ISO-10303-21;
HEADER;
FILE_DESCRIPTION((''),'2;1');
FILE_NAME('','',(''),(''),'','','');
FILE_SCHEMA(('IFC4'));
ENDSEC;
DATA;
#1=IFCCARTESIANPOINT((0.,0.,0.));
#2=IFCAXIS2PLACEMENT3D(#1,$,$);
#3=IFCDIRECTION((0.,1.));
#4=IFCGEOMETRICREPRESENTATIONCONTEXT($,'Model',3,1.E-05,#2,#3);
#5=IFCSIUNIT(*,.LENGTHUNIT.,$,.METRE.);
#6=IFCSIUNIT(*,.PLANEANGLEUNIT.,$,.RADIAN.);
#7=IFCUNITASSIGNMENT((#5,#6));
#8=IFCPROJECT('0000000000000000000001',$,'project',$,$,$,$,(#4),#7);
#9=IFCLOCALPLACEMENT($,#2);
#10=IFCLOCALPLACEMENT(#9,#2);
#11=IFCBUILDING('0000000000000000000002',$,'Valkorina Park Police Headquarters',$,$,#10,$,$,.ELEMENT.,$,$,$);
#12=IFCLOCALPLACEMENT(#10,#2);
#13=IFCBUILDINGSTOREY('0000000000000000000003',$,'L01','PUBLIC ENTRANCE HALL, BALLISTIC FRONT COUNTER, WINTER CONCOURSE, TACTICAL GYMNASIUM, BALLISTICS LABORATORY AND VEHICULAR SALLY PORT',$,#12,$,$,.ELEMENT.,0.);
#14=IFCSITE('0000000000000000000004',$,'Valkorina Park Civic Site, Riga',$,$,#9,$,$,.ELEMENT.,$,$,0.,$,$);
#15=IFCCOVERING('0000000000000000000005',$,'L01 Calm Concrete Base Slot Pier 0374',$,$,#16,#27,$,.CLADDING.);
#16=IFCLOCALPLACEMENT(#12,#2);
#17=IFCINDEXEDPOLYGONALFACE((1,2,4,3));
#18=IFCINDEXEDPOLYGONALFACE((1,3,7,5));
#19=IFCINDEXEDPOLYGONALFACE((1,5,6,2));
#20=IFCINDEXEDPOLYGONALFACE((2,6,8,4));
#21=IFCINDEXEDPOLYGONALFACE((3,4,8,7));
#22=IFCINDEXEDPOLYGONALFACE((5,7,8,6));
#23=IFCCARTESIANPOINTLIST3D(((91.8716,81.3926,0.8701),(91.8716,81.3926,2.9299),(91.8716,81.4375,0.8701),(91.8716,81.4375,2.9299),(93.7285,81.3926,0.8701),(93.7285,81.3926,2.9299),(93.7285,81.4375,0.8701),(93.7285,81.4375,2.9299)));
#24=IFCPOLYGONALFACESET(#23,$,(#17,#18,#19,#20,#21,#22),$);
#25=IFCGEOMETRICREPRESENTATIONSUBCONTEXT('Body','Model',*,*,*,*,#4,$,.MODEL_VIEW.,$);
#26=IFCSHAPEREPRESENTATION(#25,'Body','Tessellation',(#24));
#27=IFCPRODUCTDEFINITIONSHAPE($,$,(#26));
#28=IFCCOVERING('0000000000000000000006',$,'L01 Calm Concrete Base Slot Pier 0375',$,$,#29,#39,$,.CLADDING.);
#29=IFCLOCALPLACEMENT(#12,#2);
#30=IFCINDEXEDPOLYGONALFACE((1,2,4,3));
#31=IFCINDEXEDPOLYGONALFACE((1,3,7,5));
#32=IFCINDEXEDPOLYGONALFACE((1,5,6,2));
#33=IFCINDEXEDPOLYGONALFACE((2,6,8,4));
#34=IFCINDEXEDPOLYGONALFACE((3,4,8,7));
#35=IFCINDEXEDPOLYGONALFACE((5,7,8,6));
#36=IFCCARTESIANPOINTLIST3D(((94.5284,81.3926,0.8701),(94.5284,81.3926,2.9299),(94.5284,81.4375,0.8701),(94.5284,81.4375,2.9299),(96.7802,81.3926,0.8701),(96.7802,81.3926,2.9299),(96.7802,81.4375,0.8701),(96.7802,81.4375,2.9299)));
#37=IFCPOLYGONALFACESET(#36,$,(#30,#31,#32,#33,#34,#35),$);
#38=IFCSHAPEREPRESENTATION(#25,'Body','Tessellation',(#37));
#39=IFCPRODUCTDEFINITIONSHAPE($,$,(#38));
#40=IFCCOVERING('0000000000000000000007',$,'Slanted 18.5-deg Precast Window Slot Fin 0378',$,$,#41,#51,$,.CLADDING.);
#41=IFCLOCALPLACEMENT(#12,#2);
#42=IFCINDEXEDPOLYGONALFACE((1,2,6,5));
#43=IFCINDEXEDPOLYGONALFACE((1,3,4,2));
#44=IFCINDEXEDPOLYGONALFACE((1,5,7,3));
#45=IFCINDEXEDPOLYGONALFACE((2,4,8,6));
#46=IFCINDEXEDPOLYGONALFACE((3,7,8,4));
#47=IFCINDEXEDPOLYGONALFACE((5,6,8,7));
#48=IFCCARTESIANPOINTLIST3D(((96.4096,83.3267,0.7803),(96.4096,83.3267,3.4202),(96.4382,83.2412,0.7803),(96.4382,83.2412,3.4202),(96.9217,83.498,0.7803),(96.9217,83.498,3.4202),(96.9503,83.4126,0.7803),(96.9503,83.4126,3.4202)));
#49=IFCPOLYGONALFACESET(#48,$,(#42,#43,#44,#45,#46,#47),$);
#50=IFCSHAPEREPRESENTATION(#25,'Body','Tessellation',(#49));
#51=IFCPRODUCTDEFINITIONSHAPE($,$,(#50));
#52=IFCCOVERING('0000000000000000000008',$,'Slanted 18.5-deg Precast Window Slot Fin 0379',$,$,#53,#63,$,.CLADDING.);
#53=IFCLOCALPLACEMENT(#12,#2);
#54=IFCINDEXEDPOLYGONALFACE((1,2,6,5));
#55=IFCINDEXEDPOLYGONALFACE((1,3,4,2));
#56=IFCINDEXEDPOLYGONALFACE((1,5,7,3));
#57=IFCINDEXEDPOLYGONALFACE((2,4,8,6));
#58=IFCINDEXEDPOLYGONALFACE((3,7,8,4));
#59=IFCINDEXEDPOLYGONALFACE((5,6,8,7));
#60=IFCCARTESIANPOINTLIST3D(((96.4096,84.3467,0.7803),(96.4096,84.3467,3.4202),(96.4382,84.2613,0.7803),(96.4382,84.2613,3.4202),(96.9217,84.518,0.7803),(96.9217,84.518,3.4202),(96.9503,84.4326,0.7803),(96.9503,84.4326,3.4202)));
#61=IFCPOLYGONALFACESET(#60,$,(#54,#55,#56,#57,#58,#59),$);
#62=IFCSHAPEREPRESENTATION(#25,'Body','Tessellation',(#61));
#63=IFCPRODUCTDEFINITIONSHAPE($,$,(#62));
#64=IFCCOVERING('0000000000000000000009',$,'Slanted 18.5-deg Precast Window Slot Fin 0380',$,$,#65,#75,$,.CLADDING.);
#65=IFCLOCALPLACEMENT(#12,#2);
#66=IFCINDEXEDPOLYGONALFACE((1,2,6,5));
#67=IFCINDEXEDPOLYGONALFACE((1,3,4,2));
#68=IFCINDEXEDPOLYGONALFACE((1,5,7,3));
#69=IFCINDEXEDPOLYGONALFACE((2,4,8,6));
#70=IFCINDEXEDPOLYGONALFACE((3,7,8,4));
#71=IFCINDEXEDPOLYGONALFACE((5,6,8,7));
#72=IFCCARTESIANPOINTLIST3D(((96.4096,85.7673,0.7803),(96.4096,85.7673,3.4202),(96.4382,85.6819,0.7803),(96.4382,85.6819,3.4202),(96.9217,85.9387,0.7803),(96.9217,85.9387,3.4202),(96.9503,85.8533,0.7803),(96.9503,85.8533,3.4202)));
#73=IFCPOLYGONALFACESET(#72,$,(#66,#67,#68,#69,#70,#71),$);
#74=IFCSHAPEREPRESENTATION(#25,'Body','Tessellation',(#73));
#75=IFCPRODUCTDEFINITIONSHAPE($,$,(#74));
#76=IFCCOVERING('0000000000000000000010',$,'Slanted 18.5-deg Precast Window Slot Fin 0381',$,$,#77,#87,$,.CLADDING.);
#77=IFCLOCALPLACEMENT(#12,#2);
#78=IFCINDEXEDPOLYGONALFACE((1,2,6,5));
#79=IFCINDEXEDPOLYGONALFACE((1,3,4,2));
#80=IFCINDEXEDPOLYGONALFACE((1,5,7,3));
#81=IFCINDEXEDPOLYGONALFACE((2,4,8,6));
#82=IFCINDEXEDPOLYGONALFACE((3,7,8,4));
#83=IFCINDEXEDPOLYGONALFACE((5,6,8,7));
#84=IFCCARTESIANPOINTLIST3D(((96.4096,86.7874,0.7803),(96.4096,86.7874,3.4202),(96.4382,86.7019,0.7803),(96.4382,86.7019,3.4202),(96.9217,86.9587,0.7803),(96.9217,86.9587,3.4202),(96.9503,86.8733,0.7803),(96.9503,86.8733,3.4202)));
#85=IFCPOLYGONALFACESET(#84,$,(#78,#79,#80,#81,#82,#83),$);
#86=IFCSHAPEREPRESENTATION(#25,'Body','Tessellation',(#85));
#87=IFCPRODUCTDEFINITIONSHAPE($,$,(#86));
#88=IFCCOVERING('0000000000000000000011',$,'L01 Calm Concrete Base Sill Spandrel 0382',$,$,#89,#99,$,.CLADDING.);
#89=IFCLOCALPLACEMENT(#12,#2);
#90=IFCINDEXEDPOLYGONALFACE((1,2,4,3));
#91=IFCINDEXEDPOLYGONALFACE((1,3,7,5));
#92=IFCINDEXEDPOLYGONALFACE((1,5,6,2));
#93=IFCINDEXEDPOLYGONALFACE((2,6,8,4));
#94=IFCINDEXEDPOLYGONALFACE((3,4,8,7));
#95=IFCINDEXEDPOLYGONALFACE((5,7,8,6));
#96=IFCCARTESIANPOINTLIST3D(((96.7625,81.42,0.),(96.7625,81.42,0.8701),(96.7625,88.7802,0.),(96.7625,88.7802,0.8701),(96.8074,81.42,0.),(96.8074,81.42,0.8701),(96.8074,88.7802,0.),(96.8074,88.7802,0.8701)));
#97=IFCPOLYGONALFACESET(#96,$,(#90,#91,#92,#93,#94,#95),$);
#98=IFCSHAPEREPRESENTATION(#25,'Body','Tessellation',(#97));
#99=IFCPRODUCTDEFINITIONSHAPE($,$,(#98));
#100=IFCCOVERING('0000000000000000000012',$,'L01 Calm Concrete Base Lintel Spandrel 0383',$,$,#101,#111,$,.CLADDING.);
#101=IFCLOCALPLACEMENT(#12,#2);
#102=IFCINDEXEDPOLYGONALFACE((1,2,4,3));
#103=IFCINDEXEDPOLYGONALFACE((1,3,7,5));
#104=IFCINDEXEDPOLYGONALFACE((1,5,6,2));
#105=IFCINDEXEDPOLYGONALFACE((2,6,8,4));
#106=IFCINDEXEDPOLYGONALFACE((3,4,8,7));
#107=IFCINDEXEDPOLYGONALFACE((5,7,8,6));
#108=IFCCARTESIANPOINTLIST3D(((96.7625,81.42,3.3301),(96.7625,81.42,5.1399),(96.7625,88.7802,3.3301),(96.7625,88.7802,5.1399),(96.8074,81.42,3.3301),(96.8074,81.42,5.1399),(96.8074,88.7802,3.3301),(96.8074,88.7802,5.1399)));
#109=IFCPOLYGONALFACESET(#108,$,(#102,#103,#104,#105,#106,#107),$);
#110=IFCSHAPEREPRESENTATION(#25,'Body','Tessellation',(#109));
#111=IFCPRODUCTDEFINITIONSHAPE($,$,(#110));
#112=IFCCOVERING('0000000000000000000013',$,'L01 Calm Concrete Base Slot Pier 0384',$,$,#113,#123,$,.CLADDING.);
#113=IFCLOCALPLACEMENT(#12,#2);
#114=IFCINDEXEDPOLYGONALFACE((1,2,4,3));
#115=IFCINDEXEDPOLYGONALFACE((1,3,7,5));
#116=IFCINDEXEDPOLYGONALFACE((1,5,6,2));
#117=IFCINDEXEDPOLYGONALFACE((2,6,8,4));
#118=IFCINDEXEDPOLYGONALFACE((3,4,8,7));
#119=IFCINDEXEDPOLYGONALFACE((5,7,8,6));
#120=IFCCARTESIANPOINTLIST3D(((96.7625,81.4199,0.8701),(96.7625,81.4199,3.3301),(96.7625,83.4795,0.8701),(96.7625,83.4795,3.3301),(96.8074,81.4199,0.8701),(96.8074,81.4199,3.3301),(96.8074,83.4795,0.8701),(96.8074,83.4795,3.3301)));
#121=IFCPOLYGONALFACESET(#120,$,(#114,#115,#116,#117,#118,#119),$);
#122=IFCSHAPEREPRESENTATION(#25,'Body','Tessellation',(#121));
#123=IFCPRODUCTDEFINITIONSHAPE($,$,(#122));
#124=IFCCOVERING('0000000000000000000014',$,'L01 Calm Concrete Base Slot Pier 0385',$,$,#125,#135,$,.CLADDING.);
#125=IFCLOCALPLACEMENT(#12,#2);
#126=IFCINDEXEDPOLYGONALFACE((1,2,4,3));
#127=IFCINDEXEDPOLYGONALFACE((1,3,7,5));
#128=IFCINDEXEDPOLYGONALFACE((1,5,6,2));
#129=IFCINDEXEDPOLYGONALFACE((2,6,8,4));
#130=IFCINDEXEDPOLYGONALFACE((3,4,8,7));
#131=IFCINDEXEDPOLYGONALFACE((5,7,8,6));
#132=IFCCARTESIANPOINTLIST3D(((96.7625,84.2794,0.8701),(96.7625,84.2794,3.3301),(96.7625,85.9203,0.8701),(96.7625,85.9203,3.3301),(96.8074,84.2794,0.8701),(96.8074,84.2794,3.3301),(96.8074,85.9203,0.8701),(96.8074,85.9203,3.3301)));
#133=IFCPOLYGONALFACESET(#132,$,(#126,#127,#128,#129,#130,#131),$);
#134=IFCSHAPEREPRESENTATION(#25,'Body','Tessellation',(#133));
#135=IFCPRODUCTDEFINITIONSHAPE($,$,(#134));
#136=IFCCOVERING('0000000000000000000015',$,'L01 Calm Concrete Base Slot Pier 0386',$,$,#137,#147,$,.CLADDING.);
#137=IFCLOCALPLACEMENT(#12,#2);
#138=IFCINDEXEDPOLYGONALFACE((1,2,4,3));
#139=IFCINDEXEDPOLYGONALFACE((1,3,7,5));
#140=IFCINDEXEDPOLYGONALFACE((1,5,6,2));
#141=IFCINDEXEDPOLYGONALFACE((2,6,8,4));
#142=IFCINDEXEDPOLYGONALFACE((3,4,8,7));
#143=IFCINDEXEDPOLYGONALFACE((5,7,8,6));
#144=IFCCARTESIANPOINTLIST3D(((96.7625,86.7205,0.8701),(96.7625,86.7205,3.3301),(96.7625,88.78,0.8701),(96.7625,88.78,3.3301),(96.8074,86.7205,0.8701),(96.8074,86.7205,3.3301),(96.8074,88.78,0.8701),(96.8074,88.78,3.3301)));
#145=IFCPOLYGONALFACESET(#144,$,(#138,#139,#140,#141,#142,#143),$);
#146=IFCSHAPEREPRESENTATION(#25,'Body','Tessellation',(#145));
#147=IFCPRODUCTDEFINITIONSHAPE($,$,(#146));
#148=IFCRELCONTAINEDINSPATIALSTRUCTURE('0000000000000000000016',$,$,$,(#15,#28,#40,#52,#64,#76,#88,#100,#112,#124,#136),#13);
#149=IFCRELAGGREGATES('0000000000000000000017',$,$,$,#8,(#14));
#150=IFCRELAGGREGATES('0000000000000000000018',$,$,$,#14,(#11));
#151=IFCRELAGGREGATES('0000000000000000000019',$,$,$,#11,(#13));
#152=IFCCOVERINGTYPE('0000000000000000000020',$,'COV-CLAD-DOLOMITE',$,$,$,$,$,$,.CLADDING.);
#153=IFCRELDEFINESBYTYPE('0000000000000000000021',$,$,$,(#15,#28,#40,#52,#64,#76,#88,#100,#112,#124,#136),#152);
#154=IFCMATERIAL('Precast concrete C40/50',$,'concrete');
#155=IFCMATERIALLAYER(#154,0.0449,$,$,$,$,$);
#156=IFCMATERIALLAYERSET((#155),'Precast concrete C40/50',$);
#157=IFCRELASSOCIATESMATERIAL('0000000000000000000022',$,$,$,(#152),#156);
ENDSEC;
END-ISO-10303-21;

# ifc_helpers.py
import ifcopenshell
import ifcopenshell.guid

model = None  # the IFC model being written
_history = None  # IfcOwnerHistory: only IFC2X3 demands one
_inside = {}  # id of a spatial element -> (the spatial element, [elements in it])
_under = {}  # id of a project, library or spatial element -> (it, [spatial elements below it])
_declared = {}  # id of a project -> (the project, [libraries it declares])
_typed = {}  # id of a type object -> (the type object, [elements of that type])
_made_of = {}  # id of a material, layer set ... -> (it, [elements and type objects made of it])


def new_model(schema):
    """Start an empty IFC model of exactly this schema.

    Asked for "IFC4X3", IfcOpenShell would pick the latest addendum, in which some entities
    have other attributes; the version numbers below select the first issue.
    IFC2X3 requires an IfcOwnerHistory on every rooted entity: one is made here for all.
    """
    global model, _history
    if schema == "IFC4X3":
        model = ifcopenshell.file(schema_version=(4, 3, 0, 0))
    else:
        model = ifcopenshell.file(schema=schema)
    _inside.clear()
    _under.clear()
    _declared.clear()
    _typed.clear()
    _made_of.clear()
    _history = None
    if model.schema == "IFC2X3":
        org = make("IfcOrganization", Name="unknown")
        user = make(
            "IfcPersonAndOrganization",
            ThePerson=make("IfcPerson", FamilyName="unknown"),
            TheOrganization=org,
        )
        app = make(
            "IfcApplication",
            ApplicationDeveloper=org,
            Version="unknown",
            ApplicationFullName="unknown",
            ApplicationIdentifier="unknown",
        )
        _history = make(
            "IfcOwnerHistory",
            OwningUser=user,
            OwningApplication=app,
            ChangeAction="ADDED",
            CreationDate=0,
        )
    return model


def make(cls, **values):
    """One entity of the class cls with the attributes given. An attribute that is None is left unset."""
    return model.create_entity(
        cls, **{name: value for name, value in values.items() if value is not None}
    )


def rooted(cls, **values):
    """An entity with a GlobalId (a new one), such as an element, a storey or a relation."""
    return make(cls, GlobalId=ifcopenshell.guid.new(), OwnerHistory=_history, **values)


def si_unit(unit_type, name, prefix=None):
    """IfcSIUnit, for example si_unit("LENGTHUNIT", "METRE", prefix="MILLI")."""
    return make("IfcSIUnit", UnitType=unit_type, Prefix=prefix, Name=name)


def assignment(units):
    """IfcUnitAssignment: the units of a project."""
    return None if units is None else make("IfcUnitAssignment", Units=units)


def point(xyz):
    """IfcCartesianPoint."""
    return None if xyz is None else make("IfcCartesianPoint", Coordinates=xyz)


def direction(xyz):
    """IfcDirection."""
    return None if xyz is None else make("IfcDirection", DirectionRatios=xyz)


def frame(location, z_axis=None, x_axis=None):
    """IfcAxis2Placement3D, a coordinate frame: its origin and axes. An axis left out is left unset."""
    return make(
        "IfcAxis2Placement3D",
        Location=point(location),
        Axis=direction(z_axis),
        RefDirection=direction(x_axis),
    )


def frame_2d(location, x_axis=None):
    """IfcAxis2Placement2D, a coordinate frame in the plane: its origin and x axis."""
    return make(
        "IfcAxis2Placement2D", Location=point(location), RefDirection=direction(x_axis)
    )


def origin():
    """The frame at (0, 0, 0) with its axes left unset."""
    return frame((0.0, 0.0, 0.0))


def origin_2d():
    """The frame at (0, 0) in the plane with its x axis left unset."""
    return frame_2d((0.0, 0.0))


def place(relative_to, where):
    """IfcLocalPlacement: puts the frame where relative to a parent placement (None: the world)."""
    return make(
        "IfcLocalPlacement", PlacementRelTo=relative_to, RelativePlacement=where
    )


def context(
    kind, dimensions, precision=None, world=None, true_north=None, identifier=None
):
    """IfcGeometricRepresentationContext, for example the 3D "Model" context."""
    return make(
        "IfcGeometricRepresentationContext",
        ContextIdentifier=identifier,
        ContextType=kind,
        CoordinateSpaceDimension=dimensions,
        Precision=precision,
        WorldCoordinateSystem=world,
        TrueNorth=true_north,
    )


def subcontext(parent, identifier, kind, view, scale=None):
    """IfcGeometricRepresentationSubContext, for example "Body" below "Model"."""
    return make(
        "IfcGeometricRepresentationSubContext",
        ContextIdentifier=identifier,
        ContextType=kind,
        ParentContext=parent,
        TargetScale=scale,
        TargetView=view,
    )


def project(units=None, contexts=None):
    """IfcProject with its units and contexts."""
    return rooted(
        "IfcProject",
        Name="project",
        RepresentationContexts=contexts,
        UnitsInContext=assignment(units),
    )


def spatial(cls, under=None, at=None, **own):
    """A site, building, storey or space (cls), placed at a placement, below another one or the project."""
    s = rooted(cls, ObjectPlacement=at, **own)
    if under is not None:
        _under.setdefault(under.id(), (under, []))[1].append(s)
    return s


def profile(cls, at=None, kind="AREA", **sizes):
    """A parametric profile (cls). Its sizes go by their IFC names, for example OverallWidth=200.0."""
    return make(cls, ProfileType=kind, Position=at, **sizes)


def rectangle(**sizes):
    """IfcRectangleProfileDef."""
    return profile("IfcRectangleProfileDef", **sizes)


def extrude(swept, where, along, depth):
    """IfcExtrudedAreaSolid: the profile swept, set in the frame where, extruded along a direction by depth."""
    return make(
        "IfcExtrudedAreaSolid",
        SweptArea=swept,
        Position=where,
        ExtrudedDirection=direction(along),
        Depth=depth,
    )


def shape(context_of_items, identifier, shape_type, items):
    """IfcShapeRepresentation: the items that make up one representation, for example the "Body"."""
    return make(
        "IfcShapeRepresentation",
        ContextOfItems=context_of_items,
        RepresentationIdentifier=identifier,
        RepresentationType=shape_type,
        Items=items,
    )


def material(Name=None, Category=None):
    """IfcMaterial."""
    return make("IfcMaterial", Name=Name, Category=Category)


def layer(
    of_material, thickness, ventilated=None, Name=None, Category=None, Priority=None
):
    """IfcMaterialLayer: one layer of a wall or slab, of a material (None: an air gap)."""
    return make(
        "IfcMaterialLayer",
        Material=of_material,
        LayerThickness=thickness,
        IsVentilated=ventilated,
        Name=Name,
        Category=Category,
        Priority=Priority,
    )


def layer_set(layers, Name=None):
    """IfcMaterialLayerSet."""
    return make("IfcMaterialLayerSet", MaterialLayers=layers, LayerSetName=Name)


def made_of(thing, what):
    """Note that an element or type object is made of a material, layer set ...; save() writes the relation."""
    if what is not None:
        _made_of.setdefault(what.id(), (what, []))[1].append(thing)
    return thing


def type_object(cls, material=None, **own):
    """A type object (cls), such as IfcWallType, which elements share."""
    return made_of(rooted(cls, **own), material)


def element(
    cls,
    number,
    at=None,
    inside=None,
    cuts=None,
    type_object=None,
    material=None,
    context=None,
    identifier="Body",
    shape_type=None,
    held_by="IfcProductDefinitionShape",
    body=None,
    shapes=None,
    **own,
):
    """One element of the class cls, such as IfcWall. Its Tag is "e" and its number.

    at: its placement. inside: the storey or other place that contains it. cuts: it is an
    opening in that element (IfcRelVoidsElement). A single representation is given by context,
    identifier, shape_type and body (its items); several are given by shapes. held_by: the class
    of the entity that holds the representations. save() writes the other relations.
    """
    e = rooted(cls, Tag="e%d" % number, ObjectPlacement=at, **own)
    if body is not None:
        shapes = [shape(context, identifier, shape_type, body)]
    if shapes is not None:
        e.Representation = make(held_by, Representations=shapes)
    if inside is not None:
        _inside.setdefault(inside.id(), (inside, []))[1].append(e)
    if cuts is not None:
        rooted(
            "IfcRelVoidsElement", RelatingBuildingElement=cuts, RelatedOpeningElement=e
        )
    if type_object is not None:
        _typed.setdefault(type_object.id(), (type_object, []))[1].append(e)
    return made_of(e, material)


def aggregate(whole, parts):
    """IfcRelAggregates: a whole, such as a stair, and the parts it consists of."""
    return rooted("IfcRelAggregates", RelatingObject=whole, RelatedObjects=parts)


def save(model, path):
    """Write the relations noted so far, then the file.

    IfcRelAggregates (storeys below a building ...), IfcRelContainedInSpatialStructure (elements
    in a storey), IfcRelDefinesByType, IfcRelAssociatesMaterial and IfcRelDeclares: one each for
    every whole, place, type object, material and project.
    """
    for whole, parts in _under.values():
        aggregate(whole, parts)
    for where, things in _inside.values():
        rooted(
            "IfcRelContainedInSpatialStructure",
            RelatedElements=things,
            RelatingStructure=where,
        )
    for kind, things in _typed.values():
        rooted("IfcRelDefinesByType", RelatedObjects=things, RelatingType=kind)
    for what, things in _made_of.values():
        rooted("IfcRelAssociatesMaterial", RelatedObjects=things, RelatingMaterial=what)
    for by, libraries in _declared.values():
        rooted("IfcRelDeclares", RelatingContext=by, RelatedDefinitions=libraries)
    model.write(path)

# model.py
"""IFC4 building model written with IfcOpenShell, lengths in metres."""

from ifc_helpers import new_model, si_unit, direction, frame, frame_2d, origin, origin_2d, place, context, subcontext, project, spatial, rectangle, extrude, material, layer, layer_set, type_object, element, save


model = new_model("IFC4")

# Units and contexts
model_context = context("Model", 3, precision=1e-05, world=origin(), true_north=direction((0.0, 1.0)))
body_context = subcontext(model_context, "Body", "Model", "MODEL_VIEW")
ifc_project = project(units=[si_unit("LENGTHUNIT", "METRE"), si_unit("PLANEANGLEUNIT", "RADIAN")], contexts=[model_context])

# Site, building, storey
site_placement = place(None, origin())
site = spatial("IfcSite", under=ifc_project, at=site_placement, Name="Valkorina Park Civic Site, Riga", CompositionType="ELEMENT", RefElevation=0.0)
building_placement = place(site_placement, origin())
building = spatial("IfcBuilding", under=site, at=building_placement, Name="Valkorina Park Police Headquarters", CompositionType="ELEMENT")
storey_placement = place(building_placement, origin())
storey = spatial("IfcBuildingStorey", under=building, at=storey_placement, Name="L01", Description="PUBLIC ENTRANCE HALL, BALLISTIC FRONT COUNTER, WINTER CONCOURSE, TACTICAL GYMNASIUM, BALLISTICS LABORATORY AND VEHICULAR SALLY PORT", CompositionType="ELEMENT", Elevation=0.0)

# Coverings
ifc_material_1 = material(Name="Precast concrete C40/50", Category="concrete")
ifc_layer_1 = layer(ifc_material_1, 0.0449)
ifc_layer_set_1 = layer_set([ifc_layer_1], Name="Precast concrete C40/50")
covering_type = type_object("IfcCoveringType", Name="COV-CLAD-DOLOMITE", PredefinedType="CLADDING", material=ifc_layer_set_1)
covering_1_placement = place(storey_placement, frame((91.8716, 81.415, 0.8701), z_axis=(0.0, 0.0, 1.0), x_axis=(1.0, 0.0, 0.0)))
element("IfcCovering", 1, at=covering_1_placement, inside=storey, type_object=covering_type, Name="L01 Calm Concrete Base Slot Pier 0374", PredefinedType="CLADDING", context=body_context, shape_type="SweptSolid", body=[
    extrude(rectangle(XDim=1.8569, YDim=0.0449, at=frame_2d((0.9285, 0.0))), origin(), (0.0, 0.0, 1.0), 2.0598),
])
covering_2_placement = place(storey_placement, frame((94.5283, 81.415, 0.8701), z_axis=(0.0, 0.0, 1.0), x_axis=(1.0, 0.0, 0.0)))
element("IfcCovering", 2, at=covering_2_placement, inside=storey, type_object=covering_type, Name="L01 Calm Concrete Base Slot Pier 0375", PredefinedType="CLADDING", context=body_context, shape_type="SweptSolid", body=[
    extrude(rectangle(XDim=2.2517, YDim=0.0449, at=frame_2d((1.126, 0.0))), origin(), (0.0, 0.0, 1.0), 2.0598),
])
for number, where, z_axis, x_axis, name in (
    (3, (96.6799, 83.3696, 0.7803), (0.0, 0.0, 1.0), (-0.948324, -0.317305, 0.0), "Slanted 18.5-deg Precast Window Slot Fin 0378"),
    (4, (96.6799, 84.3896, 0.7803), (0.0, 0.0, 1.0), (-0.948324, -0.317305, 0.0), "Slanted 18.5-deg Precast Window Slot Fin 0379"),
    (5, (96.6799, 85.8103, 0.7803), (0.0, 0.0, 1.0), (-0.948324, -0.317305, 0.0), "Slanted 18.5-deg Precast Window Slot Fin 0380"),
    (6, (96.6799, 86.8303, 0.7803), (0.0, 0.0, 1.0), (-0.948324, -0.317305, 0.0), "Slanted 18.5-deg Precast Window Slot Fin 0381"),
):
    element("IfcCovering", number, at=place(storey_placement, frame(where, z_axis=z_axis, x_axis=x_axis)), inside=storey, type_object=covering_type, Name=name, PredefinedType="CLADDING", context=body_context, shape_type="SweptSolid", body=[
        extrude(rectangle(XDim=0.54, YDim=0.0901, at=origin_2d()), origin(), (0.0, 0.0, 1.0), 2.6399),
    ])
covering_3_placement = place(storey_placement, frame((96.7849, 81.4199, 0.0), z_axis=(0.0, 0.0, 1.0), x_axis=(0.0, 1.0, 0.0)))
element("IfcCovering", 7, at=covering_3_placement, inside=storey, type_object=covering_type, Name="L01 Calm Concrete Base Sill Spandrel 0382", PredefinedType="CLADDING", context=body_context, shape_type="SweptSolid", body=[
    extrude(rectangle(XDim=7.3601, YDim=0.0449, at=frame_2d((3.6802, 0.0))), origin(), (0.0, 0.0, 1.0), 0.8701),
])
covering_4_placement = place(storey_placement, frame((96.7849, 81.4199, 3.3301), z_axis=(0.0, 0.0, 1.0), x_axis=(0.0, 1.0, 0.0)))
element("IfcCovering", 8, at=covering_4_placement, inside=storey, type_object=covering_type, Name="L01 Calm Concrete Base Lintel Spandrel 0383", PredefinedType="CLADDING", context=body_context, shape_type="SweptSolid", body=[
    extrude(rectangle(XDim=7.3601, YDim=0.0449, at=frame_2d((3.6802, 0.0))), origin(), (0.0, 0.0, 1.0), 1.8098),
])
covering_5_placement = place(storey_placement, frame((96.7849, 81.4199, 0.8701), z_axis=(0.0, 0.0, 1.0), x_axis=(0.0, 1.0, 0.0)))
element("IfcCovering", 9, at=covering_5_placement, inside=storey, type_object=covering_type, Name="L01 Calm Concrete Base Slot Pier 0384", PredefinedType="CLADDING", context=body_context, shape_type="SweptSolid", body=[
    extrude(rectangle(XDim=2.0596, YDim=0.0449, at=frame_2d((1.0298, 0.0))), origin(), (0.0, 0.0, 1.0), 2.46),
])
covering_6_placement = place(storey_placement, frame((96.7849, 84.2795, 0.8701), z_axis=(0.0, 0.0, 1.0), x_axis=(0.0, 1.0, 0.0)))
element("IfcCovering", 10, at=covering_6_placement, inside=storey, type_object=covering_type, Name="L01 Calm Concrete Base Slot Pier 0385", PredefinedType="CLADDING", context=body_context, shape_type="SweptSolid", body=[
    extrude(rectangle(XDim=1.6409, YDim=0.0449, at=frame_2d((0.8203, 0.0))), origin(), (0.0, 0.0, 1.0), 2.46),
])
covering_7_placement = place(storey_placement, frame((96.7849, 86.7205, 0.8701), z_axis=(0.0, 0.0, 1.0), x_axis=(0.0, 1.0, 0.0)))
element("IfcCovering", 11, at=covering_7_placement, inside=storey, type_object=covering_type, Name="L01 Calm Concrete Base Slot Pier 0386", PredefinedType="CLADDING", context=body_context, shape_type="SweptSolid", body=[
    extrude(rectangle(XDim=2.0596, YDim=0.0449, at=frame_2d((1.0298, 0.0))), origin(), (0.0, 0.0, 1.0), 2.46),
])

save(model, "model.ifc")
